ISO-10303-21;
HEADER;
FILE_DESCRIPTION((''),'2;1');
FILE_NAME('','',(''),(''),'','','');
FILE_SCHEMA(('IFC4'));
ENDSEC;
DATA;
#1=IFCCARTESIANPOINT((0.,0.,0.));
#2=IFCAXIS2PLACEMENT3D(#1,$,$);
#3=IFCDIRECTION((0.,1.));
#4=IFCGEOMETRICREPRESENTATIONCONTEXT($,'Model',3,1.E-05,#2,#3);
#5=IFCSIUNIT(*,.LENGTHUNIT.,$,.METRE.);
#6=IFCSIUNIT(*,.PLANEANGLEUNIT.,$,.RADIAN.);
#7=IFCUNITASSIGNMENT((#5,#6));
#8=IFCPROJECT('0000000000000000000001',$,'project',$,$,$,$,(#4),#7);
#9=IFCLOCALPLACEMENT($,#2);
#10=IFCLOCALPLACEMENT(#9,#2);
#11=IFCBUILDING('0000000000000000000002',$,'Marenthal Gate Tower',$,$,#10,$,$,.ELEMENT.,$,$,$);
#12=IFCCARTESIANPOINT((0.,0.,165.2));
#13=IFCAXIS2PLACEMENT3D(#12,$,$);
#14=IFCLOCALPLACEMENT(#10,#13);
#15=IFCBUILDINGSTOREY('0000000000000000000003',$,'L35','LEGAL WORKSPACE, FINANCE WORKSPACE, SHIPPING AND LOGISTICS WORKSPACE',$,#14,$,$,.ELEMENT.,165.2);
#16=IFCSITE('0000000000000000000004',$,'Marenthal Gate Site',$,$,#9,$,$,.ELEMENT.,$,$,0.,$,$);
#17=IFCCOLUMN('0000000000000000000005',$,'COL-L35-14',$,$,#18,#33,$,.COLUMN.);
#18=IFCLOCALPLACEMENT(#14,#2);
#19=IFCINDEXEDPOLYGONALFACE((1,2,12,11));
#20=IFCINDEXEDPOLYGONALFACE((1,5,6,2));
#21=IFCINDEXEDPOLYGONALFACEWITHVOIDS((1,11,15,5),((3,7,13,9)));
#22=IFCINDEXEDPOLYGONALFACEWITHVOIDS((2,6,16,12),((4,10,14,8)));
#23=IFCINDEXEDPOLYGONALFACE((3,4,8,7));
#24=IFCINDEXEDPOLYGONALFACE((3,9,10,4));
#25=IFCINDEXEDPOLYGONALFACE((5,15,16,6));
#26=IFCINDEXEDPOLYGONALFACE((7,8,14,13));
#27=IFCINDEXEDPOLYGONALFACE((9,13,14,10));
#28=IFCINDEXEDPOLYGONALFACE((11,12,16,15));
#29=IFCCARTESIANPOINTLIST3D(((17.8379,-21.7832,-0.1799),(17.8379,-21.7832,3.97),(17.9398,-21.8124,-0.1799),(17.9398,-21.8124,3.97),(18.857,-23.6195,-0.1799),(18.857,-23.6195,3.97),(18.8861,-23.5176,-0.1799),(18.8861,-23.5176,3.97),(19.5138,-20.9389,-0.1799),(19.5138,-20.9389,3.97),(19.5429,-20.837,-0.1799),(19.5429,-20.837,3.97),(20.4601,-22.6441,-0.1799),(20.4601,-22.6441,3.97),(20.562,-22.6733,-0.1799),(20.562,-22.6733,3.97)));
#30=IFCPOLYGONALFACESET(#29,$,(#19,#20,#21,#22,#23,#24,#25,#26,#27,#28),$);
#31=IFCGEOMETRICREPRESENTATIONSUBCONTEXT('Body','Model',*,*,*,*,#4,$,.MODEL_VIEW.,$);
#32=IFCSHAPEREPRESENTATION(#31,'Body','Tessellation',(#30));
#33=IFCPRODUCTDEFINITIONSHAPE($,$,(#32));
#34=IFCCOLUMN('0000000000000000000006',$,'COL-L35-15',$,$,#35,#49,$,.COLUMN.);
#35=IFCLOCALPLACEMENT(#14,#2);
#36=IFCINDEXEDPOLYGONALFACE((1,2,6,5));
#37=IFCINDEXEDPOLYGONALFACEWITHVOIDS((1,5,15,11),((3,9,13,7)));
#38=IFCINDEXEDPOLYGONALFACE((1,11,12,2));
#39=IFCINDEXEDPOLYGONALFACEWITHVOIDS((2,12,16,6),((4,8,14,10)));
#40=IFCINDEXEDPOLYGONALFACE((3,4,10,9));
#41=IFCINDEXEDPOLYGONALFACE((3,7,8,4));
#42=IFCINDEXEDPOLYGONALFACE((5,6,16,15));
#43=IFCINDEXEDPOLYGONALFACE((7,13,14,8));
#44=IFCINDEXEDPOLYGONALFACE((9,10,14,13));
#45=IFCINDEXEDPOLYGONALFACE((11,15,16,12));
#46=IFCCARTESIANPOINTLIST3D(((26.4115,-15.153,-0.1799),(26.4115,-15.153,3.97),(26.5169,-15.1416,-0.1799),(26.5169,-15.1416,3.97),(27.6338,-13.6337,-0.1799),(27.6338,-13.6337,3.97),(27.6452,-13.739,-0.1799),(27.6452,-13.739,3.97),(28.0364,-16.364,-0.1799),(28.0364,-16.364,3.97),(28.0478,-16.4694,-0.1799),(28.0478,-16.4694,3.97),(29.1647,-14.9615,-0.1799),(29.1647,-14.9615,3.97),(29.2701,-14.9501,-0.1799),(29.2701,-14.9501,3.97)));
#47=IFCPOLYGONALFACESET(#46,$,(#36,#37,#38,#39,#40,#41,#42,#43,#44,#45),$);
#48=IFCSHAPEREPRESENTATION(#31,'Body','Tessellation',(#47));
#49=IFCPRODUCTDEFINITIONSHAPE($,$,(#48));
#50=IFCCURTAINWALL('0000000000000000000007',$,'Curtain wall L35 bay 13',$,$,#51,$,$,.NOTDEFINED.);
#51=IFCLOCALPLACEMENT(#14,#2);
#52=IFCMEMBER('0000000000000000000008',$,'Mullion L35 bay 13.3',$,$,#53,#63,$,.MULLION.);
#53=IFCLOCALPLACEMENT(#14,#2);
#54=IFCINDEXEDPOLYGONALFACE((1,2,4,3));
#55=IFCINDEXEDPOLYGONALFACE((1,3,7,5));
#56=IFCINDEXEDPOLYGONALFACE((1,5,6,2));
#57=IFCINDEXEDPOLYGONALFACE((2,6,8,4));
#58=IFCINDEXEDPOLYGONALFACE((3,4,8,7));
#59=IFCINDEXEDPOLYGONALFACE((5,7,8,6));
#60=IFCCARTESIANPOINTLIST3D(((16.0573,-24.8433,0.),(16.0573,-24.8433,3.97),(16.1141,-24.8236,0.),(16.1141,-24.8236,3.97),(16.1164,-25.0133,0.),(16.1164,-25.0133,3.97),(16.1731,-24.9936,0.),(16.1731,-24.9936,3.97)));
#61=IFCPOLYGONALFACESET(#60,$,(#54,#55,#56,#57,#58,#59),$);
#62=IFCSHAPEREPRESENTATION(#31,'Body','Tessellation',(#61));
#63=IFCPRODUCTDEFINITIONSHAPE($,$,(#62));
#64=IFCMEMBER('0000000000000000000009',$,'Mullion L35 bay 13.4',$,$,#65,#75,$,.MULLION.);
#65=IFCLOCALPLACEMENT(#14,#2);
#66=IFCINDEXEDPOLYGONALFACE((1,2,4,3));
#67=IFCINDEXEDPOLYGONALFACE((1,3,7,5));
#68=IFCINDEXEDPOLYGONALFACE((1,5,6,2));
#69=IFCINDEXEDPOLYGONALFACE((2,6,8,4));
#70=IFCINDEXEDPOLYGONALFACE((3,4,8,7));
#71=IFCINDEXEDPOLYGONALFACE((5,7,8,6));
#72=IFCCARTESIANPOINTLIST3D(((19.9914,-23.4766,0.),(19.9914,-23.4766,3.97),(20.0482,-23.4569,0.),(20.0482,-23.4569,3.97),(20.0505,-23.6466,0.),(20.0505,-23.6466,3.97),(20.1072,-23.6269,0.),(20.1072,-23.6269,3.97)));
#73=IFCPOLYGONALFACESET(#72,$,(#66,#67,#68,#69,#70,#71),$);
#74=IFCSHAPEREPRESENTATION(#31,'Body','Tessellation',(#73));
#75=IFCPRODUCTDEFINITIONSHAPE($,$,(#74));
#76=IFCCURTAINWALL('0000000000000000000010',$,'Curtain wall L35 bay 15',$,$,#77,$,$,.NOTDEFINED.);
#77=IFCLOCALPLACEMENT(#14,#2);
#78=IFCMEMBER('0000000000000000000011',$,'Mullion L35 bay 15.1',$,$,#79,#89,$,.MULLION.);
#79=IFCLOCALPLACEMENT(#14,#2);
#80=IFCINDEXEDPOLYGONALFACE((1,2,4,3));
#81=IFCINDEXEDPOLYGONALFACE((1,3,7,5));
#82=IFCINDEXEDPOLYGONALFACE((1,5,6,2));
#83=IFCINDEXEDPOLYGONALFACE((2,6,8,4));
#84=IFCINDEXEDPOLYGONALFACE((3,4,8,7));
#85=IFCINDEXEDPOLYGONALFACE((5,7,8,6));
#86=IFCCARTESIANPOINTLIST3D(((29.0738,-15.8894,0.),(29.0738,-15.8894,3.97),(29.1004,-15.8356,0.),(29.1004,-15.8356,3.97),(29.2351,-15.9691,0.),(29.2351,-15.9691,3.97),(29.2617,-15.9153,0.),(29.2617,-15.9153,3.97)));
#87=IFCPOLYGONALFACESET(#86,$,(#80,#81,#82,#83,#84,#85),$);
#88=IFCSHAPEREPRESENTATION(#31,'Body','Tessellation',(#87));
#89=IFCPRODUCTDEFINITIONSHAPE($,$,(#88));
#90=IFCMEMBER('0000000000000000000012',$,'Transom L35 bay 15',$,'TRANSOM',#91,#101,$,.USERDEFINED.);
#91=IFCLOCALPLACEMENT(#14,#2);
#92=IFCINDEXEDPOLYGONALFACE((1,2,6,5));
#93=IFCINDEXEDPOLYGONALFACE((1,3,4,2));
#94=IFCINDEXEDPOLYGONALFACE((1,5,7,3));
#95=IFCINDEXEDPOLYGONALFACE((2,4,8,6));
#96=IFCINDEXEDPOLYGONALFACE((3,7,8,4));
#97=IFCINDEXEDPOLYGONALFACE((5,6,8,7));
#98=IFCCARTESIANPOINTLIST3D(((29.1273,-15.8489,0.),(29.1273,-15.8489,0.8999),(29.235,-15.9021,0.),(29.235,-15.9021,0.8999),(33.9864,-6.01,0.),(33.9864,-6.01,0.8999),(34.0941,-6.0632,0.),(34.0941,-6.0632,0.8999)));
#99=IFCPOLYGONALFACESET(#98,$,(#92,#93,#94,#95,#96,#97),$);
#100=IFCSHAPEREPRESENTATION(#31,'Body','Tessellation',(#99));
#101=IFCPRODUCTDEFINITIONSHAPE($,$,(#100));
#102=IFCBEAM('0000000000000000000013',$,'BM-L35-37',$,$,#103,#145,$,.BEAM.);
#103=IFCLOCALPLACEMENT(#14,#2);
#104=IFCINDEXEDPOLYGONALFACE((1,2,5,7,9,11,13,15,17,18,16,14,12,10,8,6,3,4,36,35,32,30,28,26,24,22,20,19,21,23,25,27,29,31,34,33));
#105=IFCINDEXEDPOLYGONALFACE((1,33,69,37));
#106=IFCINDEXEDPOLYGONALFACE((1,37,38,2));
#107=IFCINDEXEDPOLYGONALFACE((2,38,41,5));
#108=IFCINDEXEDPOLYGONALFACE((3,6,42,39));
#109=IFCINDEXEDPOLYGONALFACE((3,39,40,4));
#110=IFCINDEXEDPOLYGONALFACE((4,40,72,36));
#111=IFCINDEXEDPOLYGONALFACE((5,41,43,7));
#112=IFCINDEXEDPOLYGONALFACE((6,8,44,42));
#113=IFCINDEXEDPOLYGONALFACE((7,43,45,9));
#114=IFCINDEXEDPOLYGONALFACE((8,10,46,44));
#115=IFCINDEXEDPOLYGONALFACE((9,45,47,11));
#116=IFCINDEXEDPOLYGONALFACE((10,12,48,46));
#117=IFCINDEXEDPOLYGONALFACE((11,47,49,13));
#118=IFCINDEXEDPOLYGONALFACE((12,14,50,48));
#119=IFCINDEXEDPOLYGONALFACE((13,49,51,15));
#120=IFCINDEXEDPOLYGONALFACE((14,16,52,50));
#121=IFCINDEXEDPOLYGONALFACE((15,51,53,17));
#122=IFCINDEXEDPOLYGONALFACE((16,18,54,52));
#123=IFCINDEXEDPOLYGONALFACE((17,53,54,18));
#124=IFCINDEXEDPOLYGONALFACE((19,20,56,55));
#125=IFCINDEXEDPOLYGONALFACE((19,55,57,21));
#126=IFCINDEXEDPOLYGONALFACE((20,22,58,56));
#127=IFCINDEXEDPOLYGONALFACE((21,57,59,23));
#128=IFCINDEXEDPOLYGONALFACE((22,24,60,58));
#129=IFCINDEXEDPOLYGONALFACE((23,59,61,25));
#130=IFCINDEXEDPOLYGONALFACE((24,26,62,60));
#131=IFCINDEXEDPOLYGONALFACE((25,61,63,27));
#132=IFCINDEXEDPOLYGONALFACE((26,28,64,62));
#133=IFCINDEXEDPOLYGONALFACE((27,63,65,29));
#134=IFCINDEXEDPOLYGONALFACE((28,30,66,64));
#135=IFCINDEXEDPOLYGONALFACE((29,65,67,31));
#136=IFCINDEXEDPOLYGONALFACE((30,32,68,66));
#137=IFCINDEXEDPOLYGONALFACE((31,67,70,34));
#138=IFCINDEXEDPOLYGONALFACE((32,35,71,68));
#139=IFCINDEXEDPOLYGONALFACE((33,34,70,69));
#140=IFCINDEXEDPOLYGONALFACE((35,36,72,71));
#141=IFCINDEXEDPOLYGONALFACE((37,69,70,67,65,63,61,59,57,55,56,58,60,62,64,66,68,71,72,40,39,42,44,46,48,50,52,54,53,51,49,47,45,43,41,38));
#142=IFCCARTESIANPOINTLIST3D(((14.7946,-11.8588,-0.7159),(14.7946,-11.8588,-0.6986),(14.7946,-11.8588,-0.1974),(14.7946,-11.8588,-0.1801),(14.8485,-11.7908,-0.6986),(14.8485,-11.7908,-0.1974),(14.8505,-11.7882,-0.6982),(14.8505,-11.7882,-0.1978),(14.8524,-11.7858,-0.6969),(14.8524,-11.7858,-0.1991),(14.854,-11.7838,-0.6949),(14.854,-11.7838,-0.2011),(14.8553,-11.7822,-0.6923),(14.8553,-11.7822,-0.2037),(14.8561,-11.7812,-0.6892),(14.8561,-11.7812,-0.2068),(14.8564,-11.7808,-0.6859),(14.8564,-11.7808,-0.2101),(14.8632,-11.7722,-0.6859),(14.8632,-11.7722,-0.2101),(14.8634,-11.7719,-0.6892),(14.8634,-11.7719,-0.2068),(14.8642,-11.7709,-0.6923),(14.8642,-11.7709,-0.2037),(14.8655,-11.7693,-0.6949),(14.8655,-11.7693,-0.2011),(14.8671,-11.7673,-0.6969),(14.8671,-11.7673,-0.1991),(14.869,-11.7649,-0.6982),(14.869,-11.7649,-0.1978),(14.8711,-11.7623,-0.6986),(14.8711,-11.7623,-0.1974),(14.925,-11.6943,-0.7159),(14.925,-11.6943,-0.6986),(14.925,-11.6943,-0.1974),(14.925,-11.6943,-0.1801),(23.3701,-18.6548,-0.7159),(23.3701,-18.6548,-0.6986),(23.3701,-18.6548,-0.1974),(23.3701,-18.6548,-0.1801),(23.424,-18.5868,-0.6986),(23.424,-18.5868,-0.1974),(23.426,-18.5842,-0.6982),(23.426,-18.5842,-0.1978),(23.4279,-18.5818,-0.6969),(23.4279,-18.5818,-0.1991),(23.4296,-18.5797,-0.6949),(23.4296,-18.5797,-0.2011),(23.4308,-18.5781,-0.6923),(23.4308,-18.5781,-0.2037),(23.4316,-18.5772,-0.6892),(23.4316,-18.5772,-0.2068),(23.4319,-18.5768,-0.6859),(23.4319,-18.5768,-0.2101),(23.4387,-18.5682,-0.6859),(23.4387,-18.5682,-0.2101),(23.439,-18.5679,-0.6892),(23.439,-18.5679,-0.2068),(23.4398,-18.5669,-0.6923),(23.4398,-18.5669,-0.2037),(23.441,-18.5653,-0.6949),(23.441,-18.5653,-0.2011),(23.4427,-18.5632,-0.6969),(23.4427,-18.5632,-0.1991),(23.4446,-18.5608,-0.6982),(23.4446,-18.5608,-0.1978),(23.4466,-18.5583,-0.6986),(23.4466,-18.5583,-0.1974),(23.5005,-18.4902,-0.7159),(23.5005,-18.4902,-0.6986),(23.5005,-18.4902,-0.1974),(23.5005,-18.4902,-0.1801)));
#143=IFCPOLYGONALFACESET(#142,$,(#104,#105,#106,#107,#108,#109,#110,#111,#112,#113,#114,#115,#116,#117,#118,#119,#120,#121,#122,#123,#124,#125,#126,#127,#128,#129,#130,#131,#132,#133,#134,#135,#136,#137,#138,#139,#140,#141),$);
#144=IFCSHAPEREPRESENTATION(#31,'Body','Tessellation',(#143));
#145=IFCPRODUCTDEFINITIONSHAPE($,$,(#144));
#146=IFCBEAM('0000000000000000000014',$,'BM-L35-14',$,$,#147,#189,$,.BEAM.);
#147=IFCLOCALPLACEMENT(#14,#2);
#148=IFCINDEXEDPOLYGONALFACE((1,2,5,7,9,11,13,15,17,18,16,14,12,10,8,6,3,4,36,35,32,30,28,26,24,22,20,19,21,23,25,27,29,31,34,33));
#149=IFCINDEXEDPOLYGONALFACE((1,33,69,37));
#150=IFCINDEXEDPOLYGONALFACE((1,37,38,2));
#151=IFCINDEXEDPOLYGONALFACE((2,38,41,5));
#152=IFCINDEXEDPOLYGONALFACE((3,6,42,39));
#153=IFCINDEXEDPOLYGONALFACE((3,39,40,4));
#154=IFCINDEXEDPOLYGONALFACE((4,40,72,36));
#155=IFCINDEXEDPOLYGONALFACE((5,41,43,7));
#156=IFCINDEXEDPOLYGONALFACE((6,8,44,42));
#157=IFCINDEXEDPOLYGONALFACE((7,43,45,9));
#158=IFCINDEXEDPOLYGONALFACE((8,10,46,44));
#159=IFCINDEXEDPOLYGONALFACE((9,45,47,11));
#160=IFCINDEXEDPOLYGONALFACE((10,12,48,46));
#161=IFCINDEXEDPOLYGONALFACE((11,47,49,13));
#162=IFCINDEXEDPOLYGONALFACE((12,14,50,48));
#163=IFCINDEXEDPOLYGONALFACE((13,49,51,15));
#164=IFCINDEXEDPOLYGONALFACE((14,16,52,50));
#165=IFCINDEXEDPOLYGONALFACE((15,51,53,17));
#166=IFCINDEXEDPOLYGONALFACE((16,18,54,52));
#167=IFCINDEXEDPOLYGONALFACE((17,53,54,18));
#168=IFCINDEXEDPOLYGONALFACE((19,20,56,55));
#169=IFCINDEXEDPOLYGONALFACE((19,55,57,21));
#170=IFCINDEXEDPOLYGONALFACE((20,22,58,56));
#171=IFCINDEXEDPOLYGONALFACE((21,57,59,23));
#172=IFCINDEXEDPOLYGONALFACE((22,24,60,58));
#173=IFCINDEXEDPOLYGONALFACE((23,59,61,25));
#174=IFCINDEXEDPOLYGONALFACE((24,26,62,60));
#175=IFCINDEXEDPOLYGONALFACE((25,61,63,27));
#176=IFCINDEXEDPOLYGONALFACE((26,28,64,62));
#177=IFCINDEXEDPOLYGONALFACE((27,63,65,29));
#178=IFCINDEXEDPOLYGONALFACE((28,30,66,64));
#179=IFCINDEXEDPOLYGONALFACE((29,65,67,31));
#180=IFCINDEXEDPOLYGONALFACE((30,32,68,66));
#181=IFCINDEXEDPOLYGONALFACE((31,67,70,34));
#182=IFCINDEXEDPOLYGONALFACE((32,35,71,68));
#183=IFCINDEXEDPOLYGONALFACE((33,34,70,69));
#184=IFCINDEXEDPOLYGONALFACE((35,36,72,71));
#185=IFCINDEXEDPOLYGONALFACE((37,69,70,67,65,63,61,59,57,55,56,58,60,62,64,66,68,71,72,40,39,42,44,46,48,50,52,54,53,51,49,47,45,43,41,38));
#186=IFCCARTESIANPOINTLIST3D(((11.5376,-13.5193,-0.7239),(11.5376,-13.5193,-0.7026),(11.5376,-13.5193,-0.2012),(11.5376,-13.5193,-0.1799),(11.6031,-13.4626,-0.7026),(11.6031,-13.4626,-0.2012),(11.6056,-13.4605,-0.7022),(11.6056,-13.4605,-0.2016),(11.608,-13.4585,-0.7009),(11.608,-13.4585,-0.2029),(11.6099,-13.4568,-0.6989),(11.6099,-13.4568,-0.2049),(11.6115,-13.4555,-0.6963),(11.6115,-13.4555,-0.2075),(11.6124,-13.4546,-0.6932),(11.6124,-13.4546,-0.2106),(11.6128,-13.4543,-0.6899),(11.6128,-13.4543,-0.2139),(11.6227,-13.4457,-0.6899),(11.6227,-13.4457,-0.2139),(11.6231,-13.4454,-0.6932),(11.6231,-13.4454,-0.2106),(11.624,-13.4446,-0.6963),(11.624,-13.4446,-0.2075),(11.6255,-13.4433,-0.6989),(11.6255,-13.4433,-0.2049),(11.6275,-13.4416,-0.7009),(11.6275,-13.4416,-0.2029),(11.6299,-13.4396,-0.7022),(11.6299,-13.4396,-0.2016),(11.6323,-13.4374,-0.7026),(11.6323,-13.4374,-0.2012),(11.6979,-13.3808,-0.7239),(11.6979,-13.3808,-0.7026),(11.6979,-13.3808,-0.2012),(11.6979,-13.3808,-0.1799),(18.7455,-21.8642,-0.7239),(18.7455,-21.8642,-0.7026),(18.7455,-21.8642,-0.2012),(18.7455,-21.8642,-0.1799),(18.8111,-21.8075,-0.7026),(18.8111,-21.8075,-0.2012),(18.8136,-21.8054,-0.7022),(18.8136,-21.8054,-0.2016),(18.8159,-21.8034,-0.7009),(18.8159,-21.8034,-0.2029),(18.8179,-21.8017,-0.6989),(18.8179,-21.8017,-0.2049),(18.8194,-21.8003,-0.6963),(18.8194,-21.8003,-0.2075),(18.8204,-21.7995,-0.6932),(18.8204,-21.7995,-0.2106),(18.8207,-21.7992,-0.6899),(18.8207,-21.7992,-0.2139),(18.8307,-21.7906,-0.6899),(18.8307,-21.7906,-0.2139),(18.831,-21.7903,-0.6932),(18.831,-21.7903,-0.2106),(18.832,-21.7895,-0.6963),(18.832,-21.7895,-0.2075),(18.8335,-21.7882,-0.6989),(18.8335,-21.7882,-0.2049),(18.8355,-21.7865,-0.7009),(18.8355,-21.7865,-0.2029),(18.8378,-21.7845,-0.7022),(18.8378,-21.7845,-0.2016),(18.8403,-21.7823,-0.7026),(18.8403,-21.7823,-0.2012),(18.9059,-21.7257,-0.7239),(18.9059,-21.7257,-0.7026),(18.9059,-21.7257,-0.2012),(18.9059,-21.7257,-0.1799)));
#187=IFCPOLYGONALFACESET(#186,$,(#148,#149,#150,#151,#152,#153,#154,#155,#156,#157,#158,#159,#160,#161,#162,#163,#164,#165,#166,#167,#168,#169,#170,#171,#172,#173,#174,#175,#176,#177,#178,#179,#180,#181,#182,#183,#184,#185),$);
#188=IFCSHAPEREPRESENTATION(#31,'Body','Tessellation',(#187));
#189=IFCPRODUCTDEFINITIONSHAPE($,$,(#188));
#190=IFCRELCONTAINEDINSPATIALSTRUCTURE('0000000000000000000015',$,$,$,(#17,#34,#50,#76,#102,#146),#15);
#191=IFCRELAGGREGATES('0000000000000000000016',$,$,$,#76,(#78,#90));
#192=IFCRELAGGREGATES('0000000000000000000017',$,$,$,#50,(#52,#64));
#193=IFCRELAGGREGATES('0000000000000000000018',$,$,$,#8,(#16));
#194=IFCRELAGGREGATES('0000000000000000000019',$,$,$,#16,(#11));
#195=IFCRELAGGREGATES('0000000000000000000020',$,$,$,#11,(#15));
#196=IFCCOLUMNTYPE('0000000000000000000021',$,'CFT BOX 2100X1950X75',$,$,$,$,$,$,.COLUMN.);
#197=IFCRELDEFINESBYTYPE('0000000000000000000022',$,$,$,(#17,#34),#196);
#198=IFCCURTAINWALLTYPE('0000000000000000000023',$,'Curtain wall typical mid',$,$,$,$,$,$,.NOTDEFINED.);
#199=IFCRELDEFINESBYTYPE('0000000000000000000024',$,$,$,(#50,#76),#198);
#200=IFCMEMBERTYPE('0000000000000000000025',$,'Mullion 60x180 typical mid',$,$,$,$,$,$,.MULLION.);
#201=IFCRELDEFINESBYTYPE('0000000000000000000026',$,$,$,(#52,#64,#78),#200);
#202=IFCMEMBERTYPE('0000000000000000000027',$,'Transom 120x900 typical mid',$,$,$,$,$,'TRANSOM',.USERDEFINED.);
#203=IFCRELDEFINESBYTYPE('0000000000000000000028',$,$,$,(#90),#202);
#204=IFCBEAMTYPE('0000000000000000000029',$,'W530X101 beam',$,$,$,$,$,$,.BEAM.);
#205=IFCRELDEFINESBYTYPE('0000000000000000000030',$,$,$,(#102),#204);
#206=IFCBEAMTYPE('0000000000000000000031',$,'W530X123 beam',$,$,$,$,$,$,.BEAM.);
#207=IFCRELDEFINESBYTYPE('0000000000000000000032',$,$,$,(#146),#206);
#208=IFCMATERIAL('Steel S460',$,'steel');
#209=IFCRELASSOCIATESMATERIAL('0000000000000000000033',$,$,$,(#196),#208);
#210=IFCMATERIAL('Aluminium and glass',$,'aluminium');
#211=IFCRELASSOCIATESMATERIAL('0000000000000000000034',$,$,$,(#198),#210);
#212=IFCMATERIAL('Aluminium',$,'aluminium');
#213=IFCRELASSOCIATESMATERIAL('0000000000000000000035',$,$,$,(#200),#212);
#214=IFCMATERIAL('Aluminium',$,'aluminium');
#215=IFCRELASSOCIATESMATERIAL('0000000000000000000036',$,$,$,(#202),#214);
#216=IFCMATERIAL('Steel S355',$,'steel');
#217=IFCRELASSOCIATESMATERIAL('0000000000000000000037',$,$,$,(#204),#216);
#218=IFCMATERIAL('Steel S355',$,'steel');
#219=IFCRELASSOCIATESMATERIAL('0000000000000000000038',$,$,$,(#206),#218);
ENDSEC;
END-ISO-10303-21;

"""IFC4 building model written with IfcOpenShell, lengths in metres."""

from ifc_helpers import new_model, si_unit, direction, frame, origin, origin_2d, place, context, subcontext, project, spatial, rectangle, hollow_rectangle, i_section, extrude, material, material_profile, profile_set, type_object, element, aggregate, save


model = new_model("IFC4")

# Units and contexts
model_context = context("Model", 3, precision=1e-05, world=origin(), true_north=direction((0.0, 1.0)))
body_context = subcontext(model_context, "Body", "Model", "MODEL_VIEW")
ifc_project = project(units=[si_unit("LENGTHUNIT", "METRE"), si_unit("PLANEANGLEUNIT", "RADIAN")], contexts=[model_context])

# Site, building, storey
site_placement = place(None, origin())
site = spatial("IfcSite", under=ifc_project, at=site_placement, Name="Marenthal Gate Site", CompositionType="ELEMENT", RefElevation=0.0)
building_placement = place(site_placement, origin())
building = spatial("IfcBuilding", under=site, at=building_placement, Name="Marenthal Gate Tower", CompositionType="ELEMENT")
storey_placement = place(building_placement, frame((0.0, 0.0, 165.2)))
storey = spatial("IfcBuildingStorey", under=building, at=storey_placement, Name="L35", Description="LEGAL WORKSPACE, FINANCE WORKSPACE, SHIPPING AND LOGISTICS WORKSPACE", CompositionType="ELEMENT", Elevation=165.2)

# Columns
ifc_material_1 = material(Name="Steel S460", Category="steel")
ifc_material_profile_1 = material_profile(ifc_material_1, hollow_rectangle(XDim=1.95, YDim=2.1001, WallThickness=0.075, at=origin_2d()), Name="CFT BOX 2100X1950X75")
ifc_material_2 = material(Name="Concrete 70 MPa", Category="concrete")
ifc_material_profile_2 = material_profile(ifc_material_2, rectangle(XDim=1.8, YDim=1.95, at=origin_2d()), Name="CFT BOX 2100X1950X75 INFILL")
ifc_profile_set_1 = profile_set([ifc_material_profile_1, ifc_material_profile_2], Name="Steel S460 shell, Concrete 70 MPa infill")
column_type = type_object("IfcColumnType", Name="CFT BOX 2100X1950X75", PredefinedType="COLUMN", material=ifc_profile_set_1)
for number, where, z_axis, x_axis, name in (
    (1, (19.2, -22.2283, -0.1799), (0.0, 0.0, 1.0), (-0.87438, -0.485242, 0.0), "COL-L35-14"),
    (2, (27.8408, -15.0515, -0.1799), (0.0, 0.0, 1.0), (-0.626831, -0.779155, 0.0), "COL-L35-15"),
):
    element("IfcColumn", number, at=place(storey_placement, frame(where, z_axis=z_axis, x_axis=x_axis)), inside=storey, type_object=column_type, Name=name, PredefinedType="COLUMN", context=body_context, shape_type="SweptSolid", body=[
        extrude(hollow_rectangle(XDim=1.95, YDim=2.1001, WallThickness=0.075, at=origin_2d()), origin(), (0.0, 0.0, 1.0), 4.1499),
    ])

# Curtain walls, members
ifc_material_3 = material(Name="Aluminium and glass", Category="aluminium")
curtain_wall_type = type_object("IfcCurtainWallType", Name="Curtain wall typical mid", PredefinedType="NOTDEFINED", material=ifc_material_3)
curtain_wall_1_placement = place(storey_placement, origin())
curtain_wall_1 = element("IfcCurtainWall", 3, at=curtain_wall_1_placement, inside=storey, type_object=curtain_wall_type, Name="Curtain wall L35 bay 13", PredefinedType="NOTDEFINED")
ifc_material_4 = material(Name="Aluminium", Category="aluminium")
ifc_material_profile_3 = material_profile(ifc_material_4, rectangle(XDim=0.1799, YDim=0.0601, at=origin_2d()), Name="60x180 aluminium mullion")
ifc_profile_set_2 = profile_set([ifc_material_profile_3], Name="Aluminium")
member_type_1 = type_object("IfcMemberType", Name="Mullion 60x180 typical mid", PredefinedType="MULLION", material=ifc_profile_set_2)
member_1_placement = place(storey_placement, frame((16.1152, -24.9185, 0.0), z_axis=(0.0, 0.0, 1.0), x_axis=(-0.328158, 0.944623, 0.0)))
member_1 = element("IfcMember", 4, at=member_1_placement, type_object=member_type_1, Name="Mullion L35 bay 13.3", PredefinedType="MULLION", context=body_context, shape_type="SweptSolid", body=[
    extrude(rectangle(XDim=0.1799, YDim=0.0601, at=origin_2d()), origin(), (0.0, 0.0, 1.0), 3.97),
])
member_2_placement = place(storey_placement, frame((20.0493, -23.5518, 0.0), z_axis=(0.0, 0.0, 1.0), x_axis=(-0.328158, 0.944623, 0.0)))
member_2 = element("IfcMember", 5, at=member_2_placement, type_object=member_type_1, Name="Mullion L35 bay 13.4", PredefinedType="MULLION", context=body_context, shape_type="SweptSolid", body=[
    extrude(rectangle(XDim=0.1799, YDim=0.0601, at=origin_2d()), origin(), (0.0, 0.0, 1.0), 3.97),
])
curtain_wall_2_placement = place(storey_placement, origin())
curtain_wall_2 = element("IfcCurtainWall", 6, at=curtain_wall_2_placement, inside=storey, type_object=curtain_wall_type, Name="Curtain wall L35 bay 15", PredefinedType="NOTDEFINED")
member_3_placement = place(storey_placement, frame((29.1677, -15.9023, 0.0), z_axis=(0.0, 0.0, 1.0), x_axis=(-0.896609, 0.442824, 0.0)))
member_3 = element("IfcMember", 7, at=member_3_placement, type_object=member_type_1, Name="Mullion L35 bay 15.1", PredefinedType="MULLION", context=body_context, shape_type="SweptSolid", body=[
    extrude(rectangle(XDim=0.1799, YDim=0.0601, at=origin_2d()), origin(), (0.0, 0.0, 1.0), 3.97),
])
ifc_material_5 = material(Name="Aluminium", Category="aluminium")
ifc_material_profile_4 = material_profile(ifc_material_5, rectangle(XDim=0.1201, YDim=0.8999, at=origin_2d()), Name="120x900 aluminium transom")
ifc_profile_set_3 = profile_set([ifc_material_profile_4], Name="Aluminium")
member_type_2 = type_object("IfcMemberType", Name="Transom 120x900 typical mid", ElementType="TRANSOM", PredefinedType="USERDEFINED", material=ifc_profile_set_3)
member_4_placement = place(storey_placement, frame((29.1812, -15.8755, 0.45), z_axis=(0.442812, 0.896615, 0.0), x_axis=(-0.896615, 0.442812, 0.0)))
member_4 = element("IfcMember", 8, at=member_4_placement, type_object=member_type_2, Name="Transom L35 bay 15", ObjectType="TRANSOM", PredefinedType="USERDEFINED", context=body_context, shape_type="SweptSolid", body=[
    extrude(rectangle(XDim=0.1201, YDim=0.8999, at=origin_2d()), origin(), (0.0, 0.0, 1.0), 10.9734),
])
aggregate(curtain_wall_2, [member_3, member_4])

# Beams
ifc_material_6 = material(Name="Steel S355", Category="steel")
ifc_material_profile_5 = material_profile(ifc_material_6, i_section(OverallWidth=0.21, OverallDepth=0.5359, WebThickness=0.011, FlangeThickness=0.0173, FilletRadius=0.0127, at=origin_2d()), Name="W530X101")
ifc_profile_set_4 = profile_set([ifc_material_profile_5], Name="Steel S355")
beam_type_1 = type_object("IfcBeamType", Name="W530X101 beam", PredefinedType="BEAM", material=ifc_profile_set_4)
beam_1_placement = place(storey_placement, frame((23.4353, -18.5725, -0.448), z_axis=(-0.783734, 0.621097, 0.0), x_axis=(-0.621097, -0.783734, 0.0)))
element("IfcBeam", 9, at=beam_1_placement, inside=storey, type_object=beam_type_1, Name="BM-L35-37", PredefinedType="BEAM", context=body_context, shape_type="SweptSolid", body=[
    extrude(i_section(OverallWidth=0.21, OverallDepth=0.5359, WebThickness=0.011, FlangeThickness=0.0173, FilletRadius=0.0127, at=origin_2d()), origin(), (0.0, 0.0, 1.0), 10.9419),
])
ifc_material_7 = material(Name="Steel S355", Category="steel")
ifc_material_profile_6 = material_profile(ifc_material_7, i_section(OverallWidth=0.2119, OverallDepth=0.5439, WebThickness=0.0132, FlangeThickness=0.0212, FilletRadius=0.0127, at=origin_2d()), Name="W530X123")
ifc_profile_set_5 = profile_set([ifc_material_profile_6], Name="Steel S355")
beam_type_2 = type_object("IfcBeamType", Name="W530X123 beam", PredefinedType="BEAM", material=ifc_profile_set_5)
beam_2_placement = place(storey_placement, frame((18.8257, -21.7949, -0.4519), z_axis=(-0.653671, 0.756779, 0.0), x_axis=(-0.756779, -0.653671, 0.0)))
element("IfcBeam", 10, at=beam_2_placement, inside=storey, type_object=beam_type_2, Name="BM-L35-14", PredefinedType="BEAM", context=body_context, shape_type="SweptSolid", body=[
    extrude(i_section(OverallWidth=0.2119, OverallDepth=0.5439, WebThickness=0.0132, FlangeThickness=0.0212, FilletRadius=0.0127, at=origin_2d()), origin(), (0.0, 0.0, 1.0), 11.0269),
])

aggregate(curtain_wall_1, [member_1, member_2])

save(model, "model.ifc")
